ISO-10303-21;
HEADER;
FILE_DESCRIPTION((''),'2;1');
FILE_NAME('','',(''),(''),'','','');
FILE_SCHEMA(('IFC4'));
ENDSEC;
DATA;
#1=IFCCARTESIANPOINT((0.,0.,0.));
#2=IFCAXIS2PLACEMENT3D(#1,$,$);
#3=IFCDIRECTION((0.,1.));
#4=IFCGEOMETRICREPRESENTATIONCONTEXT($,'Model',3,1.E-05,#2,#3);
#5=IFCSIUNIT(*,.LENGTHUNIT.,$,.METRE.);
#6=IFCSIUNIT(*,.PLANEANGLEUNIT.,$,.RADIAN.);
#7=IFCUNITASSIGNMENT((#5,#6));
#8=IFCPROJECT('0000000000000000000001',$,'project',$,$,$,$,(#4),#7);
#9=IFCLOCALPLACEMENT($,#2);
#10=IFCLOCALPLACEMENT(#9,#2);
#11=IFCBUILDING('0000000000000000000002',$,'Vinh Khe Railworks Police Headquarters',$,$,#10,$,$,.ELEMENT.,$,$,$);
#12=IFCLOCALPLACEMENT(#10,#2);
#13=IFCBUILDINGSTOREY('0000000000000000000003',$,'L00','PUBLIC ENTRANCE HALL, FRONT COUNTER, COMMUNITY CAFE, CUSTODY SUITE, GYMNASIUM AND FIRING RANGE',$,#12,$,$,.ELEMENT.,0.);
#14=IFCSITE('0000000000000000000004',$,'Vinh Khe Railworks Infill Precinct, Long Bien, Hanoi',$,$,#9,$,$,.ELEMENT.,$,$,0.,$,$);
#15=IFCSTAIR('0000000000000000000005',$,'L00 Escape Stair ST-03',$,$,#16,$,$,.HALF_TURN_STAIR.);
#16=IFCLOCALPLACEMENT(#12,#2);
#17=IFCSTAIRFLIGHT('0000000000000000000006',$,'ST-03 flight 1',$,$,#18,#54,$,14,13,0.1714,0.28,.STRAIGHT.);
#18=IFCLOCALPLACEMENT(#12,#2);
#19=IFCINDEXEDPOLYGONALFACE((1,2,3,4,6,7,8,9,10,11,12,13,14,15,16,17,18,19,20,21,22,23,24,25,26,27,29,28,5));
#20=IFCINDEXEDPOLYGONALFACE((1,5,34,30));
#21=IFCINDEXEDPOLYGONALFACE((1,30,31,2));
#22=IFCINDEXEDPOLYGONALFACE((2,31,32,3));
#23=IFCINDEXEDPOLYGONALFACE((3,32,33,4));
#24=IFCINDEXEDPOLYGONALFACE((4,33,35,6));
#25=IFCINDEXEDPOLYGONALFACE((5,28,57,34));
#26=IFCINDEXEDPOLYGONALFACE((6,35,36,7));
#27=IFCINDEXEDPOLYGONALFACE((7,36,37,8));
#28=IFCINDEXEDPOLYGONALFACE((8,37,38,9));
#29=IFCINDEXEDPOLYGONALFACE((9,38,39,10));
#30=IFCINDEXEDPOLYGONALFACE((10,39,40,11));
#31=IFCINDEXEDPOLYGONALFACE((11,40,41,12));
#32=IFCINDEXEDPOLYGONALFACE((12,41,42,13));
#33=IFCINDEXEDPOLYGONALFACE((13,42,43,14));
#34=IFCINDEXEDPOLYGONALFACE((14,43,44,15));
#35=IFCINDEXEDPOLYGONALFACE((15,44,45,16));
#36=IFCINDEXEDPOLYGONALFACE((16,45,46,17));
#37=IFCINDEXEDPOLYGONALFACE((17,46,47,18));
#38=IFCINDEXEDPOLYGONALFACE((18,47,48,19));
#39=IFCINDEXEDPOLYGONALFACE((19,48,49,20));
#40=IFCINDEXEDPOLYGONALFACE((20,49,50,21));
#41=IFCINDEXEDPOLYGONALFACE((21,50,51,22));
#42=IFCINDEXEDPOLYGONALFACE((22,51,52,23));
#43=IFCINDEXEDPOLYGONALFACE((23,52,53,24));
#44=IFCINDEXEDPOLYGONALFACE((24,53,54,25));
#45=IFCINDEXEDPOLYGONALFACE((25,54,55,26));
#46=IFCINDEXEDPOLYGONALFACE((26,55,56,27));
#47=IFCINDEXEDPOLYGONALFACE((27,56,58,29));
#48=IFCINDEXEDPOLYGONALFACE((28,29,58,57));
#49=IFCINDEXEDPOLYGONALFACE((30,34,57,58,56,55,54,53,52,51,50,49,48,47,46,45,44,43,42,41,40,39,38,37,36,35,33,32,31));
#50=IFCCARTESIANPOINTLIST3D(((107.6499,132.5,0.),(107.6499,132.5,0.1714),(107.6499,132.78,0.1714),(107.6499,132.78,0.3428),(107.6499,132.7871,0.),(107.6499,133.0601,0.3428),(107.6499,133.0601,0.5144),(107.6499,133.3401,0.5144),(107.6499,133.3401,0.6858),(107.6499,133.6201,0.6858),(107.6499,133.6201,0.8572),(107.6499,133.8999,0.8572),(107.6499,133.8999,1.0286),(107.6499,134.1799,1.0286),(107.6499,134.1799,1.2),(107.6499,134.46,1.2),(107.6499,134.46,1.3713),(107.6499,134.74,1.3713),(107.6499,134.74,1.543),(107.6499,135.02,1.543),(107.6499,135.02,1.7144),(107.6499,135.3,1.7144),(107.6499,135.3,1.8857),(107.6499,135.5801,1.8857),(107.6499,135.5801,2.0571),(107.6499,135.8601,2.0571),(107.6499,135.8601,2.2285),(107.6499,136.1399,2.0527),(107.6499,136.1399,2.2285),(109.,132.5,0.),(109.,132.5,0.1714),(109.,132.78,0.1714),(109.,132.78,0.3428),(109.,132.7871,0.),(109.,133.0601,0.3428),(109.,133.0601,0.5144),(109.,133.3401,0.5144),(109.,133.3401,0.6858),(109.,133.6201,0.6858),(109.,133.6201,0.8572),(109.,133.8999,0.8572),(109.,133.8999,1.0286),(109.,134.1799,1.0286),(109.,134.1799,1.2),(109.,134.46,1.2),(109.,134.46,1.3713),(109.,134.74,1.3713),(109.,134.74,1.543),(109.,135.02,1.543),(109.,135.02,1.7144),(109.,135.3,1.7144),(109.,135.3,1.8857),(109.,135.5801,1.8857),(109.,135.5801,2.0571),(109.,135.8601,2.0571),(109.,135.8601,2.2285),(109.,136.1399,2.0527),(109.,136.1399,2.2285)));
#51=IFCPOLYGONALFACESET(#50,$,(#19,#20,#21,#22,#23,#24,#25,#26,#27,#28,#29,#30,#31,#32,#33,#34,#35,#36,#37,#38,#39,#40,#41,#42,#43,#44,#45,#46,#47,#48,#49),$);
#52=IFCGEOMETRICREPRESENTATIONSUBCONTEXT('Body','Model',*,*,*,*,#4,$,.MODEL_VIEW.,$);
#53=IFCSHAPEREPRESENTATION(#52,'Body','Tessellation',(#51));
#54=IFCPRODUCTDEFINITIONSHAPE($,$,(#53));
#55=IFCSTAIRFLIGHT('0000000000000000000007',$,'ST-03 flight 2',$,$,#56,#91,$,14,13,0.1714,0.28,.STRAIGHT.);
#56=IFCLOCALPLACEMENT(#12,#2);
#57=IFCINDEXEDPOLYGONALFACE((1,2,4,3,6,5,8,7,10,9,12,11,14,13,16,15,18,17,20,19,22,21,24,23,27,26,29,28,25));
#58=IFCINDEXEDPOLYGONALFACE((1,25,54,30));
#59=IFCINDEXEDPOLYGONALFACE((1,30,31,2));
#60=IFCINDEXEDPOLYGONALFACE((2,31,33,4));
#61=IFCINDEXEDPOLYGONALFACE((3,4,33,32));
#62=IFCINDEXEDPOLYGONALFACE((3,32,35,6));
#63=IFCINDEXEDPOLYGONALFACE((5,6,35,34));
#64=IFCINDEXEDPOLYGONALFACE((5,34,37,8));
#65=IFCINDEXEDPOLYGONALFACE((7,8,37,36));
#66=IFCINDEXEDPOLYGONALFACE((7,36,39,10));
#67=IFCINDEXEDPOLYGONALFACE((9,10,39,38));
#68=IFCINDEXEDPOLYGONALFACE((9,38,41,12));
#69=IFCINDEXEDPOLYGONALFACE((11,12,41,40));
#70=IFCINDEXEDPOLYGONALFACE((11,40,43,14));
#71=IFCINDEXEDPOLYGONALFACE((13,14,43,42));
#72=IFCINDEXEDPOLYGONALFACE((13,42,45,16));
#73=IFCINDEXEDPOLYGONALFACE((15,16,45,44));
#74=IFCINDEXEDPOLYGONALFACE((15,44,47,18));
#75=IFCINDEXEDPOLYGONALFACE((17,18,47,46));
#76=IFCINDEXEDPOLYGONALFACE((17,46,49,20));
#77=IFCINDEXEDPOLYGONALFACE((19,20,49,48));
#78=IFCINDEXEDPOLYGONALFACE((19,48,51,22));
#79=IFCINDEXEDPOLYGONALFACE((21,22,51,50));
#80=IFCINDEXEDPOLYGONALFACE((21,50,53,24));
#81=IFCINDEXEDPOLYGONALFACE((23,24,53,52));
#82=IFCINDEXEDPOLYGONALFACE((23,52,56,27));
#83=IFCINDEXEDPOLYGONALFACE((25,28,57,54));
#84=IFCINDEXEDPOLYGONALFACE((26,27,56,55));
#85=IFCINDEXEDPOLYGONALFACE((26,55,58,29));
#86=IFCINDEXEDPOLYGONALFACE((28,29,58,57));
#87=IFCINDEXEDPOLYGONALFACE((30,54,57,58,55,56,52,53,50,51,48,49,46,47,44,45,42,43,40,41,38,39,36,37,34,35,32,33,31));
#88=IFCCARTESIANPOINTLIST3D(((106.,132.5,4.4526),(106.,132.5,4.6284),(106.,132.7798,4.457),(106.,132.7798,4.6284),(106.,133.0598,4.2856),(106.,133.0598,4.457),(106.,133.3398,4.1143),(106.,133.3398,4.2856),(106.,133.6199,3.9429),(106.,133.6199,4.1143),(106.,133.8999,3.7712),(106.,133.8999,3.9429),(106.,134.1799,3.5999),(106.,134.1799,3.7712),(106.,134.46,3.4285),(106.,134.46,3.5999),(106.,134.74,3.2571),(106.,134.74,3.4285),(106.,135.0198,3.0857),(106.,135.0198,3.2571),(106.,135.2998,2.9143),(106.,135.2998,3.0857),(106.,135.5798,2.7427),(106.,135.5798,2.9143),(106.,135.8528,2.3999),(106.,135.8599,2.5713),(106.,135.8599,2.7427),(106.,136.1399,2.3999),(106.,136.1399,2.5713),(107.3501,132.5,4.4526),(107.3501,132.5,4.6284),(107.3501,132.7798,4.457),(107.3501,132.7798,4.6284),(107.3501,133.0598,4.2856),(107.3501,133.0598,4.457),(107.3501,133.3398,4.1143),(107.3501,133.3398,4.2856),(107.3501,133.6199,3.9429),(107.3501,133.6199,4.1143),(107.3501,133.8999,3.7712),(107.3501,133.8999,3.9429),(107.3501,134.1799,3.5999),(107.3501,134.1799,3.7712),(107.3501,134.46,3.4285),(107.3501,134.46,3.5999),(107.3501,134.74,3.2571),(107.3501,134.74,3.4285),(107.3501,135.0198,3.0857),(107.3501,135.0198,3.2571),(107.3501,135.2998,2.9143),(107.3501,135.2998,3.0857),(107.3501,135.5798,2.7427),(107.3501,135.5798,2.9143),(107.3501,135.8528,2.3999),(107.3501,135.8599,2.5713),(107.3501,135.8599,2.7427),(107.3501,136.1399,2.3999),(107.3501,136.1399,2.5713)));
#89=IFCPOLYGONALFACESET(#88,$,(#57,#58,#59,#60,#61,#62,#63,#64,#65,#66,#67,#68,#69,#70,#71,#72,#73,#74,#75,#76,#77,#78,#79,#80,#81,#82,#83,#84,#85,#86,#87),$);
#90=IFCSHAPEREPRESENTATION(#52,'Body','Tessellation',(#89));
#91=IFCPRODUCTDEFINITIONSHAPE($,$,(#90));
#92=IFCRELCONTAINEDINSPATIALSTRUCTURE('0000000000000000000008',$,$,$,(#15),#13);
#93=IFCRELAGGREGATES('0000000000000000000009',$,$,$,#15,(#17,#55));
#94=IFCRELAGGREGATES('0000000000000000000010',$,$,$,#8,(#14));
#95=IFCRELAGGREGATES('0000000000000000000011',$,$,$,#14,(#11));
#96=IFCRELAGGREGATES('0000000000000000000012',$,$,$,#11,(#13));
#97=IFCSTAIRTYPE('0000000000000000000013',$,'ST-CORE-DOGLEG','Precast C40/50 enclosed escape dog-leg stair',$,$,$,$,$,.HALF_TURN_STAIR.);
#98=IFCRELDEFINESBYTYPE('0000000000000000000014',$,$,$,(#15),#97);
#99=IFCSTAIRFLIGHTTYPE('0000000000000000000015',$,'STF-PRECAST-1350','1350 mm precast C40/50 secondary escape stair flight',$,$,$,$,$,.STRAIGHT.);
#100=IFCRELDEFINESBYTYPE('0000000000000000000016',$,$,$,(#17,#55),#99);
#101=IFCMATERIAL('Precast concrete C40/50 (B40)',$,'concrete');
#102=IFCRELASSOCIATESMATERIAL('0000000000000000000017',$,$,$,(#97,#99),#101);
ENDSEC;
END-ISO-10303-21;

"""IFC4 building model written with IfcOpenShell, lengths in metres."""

from ifc_helpers import new_model, si_unit, direction, frame, origin, place, context, subcontext, project, spatial, polyline, outline, extrude, material, type_object, element, aggregate, save


model = new_model("IFC4")

# Units and contexts
model_context = context("Model", 3, precision=1e-05, world=origin(), true_north=direction((0.0, 1.0)))
body_context = subcontext(model_context, "Body", "Model", "MODEL_VIEW")
ifc_project = project(units=[si_unit("LENGTHUNIT", "METRE"), si_unit("PLANEANGLEUNIT", "RADIAN")], contexts=[model_context])

# Site, building, storey
site_placement = place(None, origin())
site = spatial("IfcSite", under=ifc_project, at=site_placement, Name="Vinh Khe Railworks Infill Precinct, Long Bien, Hanoi", CompositionType="ELEMENT", RefElevation=0.0)
building_placement = place(site_placement, origin())
building = spatial("IfcBuilding", under=site, at=building_placement, Name="Vinh Khe Railworks Police Headquarters", CompositionType="ELEMENT")
storey_placement = place(building_placement, origin())
storey = spatial("IfcBuildingStorey", under=building, at=storey_placement, Name="L00", Description="PUBLIC ENTRANCE HALL, FRONT COUNTER, COMMUNITY CAFE, CUSTODY SUITE, GYMNASIUM AND FIRING RANGE", CompositionType="ELEMENT", Elevation=0.0)

# Stair, stair flights
ifc_material_1 = material(Name="Precast concrete C40/50 (B40)", Category="concrete")
stair_type = type_object("IfcStairType", Name="ST-CORE-DOGLEG", Description="Precast C40/50 enclosed escape dog-leg stair", PredefinedType="HALF_TURN_STAIR", material=ifc_material_1)
stair_placement = place(storey_placement, origin())
stair = element("IfcStair", 1, at=stair_placement, inside=storey, type_object=stair_type, Name="L00 Escape Stair ST-03", PredefinedType="HALF_TURN_STAIR")
stair_flight_type = type_object("IfcStairFlightType", Name="STF-PRECAST-1350", Description="1350 mm precast C40/50 secondary escape stair flight", PredefinedType="STRAIGHT", material=ifc_material_1)
stair_flight_1_placement = place(storey_placement, frame((108.325, 132.5, 0.0), z_axis=(0.0, 0.0, 1.0), x_axis=(0.0, 1.0, 0.0)))
stair_flight_1 = element("IfcStairFlight", 2, at=stair_flight_1_placement, type_object=stair_flight_type, Name="ST-03 flight 1", NumberOfRisers=14, NumberOfTreads=13, PredefinedType="STRAIGHT", RiserHeight=0.1714, TreadLength=0.28, context=body_context, shape_type="SweptSolid", body=[
    extrude(outline(polyline([(0.0, 0.0), (0.0, 0.1714), (0.28, 0.1714), (0.28, 0.3428), (0.5601, 0.3428), (0.5601, 0.5144), (0.8401, 0.5144), (0.8401, 0.6858), (1.1201, 0.6858), (1.1201, 0.8572), (1.3999, 0.8572), (1.3999, 1.0286), (1.6799, 1.0286), (1.6799, 1.2), (1.96, 1.2), (1.96, 1.3713), (2.24, 1.3713), (2.24, 1.543), (2.52, 1.543), (2.52, 1.7144), (2.8, 1.7144), (2.8, 1.8857), (3.0801, 1.8857), (3.0801, 2.0571), (3.3601, 2.0571), (3.3601, 2.2285), (3.6399, 2.2285), (3.6399, 2.3999), (3.6399, 2.0527), (0.2871, 0.0), (0.0, 0.0)])), frame((0.0, 0.675, 0.0), z_axis=(0.0, -1.0, 0.0), x_axis=(1.0, 0.0, 0.0)), (0.0, 0.0, 1.0), 1.3501),
])
stair_flight_2_placement = place(storey_placement, frame((106.675, 136.1399, 2.3999), z_axis=(0.0, 0.0, 1.0), x_axis=(0.0, -1.0, 0.0)))
stair_flight_2 = element("IfcStairFlight", 3, at=stair_flight_2_placement, type_object=stair_flight_type, Name="ST-03 flight 2", NumberOfRisers=14, NumberOfTreads=13, PredefinedType="STRAIGHT", RiserHeight=0.1714, TreadLength=0.28, context=body_context, shape_type="SweptSolid", body=[
    extrude(outline(polyline([(0.0, 0.0), (0.0, 0.1714), (0.28, 0.1714), (0.28, 0.3428), (0.5601, 0.3428), (0.5601, 0.5144), (0.8401, 0.5144), (0.8401, 0.6858), (1.1201, 0.6858), (1.1201, 0.8572), (1.3999, 0.8572), (1.3999, 1.0286), (1.6799, 1.0286), (1.6799, 1.2), (1.96, 1.2), (1.96, 1.3713), (2.24, 1.3713), (2.24, 1.543), (2.52, 1.543), (2.52, 1.7144), (2.8, 1.7144), (2.8, 1.8857), (3.0801, 1.8857), (3.0801, 2.0571), (3.3601, 2.0571), (3.3601, 2.2285), (3.6399, 2.2285), (3.6399, 2.3999), (3.6399, 2.0527), (0.2871, 0.0), (0.0, 0.0)])), frame((0.0, 0.675, 0.0), z_axis=(0.0, -1.0, 0.0), x_axis=(1.0, 0.0, 0.0)), (0.0, 0.0, 1.0), 1.3501),
])
aggregate(stair, [stair_flight_1, stair_flight_2])

save(model, "model.ifc")
